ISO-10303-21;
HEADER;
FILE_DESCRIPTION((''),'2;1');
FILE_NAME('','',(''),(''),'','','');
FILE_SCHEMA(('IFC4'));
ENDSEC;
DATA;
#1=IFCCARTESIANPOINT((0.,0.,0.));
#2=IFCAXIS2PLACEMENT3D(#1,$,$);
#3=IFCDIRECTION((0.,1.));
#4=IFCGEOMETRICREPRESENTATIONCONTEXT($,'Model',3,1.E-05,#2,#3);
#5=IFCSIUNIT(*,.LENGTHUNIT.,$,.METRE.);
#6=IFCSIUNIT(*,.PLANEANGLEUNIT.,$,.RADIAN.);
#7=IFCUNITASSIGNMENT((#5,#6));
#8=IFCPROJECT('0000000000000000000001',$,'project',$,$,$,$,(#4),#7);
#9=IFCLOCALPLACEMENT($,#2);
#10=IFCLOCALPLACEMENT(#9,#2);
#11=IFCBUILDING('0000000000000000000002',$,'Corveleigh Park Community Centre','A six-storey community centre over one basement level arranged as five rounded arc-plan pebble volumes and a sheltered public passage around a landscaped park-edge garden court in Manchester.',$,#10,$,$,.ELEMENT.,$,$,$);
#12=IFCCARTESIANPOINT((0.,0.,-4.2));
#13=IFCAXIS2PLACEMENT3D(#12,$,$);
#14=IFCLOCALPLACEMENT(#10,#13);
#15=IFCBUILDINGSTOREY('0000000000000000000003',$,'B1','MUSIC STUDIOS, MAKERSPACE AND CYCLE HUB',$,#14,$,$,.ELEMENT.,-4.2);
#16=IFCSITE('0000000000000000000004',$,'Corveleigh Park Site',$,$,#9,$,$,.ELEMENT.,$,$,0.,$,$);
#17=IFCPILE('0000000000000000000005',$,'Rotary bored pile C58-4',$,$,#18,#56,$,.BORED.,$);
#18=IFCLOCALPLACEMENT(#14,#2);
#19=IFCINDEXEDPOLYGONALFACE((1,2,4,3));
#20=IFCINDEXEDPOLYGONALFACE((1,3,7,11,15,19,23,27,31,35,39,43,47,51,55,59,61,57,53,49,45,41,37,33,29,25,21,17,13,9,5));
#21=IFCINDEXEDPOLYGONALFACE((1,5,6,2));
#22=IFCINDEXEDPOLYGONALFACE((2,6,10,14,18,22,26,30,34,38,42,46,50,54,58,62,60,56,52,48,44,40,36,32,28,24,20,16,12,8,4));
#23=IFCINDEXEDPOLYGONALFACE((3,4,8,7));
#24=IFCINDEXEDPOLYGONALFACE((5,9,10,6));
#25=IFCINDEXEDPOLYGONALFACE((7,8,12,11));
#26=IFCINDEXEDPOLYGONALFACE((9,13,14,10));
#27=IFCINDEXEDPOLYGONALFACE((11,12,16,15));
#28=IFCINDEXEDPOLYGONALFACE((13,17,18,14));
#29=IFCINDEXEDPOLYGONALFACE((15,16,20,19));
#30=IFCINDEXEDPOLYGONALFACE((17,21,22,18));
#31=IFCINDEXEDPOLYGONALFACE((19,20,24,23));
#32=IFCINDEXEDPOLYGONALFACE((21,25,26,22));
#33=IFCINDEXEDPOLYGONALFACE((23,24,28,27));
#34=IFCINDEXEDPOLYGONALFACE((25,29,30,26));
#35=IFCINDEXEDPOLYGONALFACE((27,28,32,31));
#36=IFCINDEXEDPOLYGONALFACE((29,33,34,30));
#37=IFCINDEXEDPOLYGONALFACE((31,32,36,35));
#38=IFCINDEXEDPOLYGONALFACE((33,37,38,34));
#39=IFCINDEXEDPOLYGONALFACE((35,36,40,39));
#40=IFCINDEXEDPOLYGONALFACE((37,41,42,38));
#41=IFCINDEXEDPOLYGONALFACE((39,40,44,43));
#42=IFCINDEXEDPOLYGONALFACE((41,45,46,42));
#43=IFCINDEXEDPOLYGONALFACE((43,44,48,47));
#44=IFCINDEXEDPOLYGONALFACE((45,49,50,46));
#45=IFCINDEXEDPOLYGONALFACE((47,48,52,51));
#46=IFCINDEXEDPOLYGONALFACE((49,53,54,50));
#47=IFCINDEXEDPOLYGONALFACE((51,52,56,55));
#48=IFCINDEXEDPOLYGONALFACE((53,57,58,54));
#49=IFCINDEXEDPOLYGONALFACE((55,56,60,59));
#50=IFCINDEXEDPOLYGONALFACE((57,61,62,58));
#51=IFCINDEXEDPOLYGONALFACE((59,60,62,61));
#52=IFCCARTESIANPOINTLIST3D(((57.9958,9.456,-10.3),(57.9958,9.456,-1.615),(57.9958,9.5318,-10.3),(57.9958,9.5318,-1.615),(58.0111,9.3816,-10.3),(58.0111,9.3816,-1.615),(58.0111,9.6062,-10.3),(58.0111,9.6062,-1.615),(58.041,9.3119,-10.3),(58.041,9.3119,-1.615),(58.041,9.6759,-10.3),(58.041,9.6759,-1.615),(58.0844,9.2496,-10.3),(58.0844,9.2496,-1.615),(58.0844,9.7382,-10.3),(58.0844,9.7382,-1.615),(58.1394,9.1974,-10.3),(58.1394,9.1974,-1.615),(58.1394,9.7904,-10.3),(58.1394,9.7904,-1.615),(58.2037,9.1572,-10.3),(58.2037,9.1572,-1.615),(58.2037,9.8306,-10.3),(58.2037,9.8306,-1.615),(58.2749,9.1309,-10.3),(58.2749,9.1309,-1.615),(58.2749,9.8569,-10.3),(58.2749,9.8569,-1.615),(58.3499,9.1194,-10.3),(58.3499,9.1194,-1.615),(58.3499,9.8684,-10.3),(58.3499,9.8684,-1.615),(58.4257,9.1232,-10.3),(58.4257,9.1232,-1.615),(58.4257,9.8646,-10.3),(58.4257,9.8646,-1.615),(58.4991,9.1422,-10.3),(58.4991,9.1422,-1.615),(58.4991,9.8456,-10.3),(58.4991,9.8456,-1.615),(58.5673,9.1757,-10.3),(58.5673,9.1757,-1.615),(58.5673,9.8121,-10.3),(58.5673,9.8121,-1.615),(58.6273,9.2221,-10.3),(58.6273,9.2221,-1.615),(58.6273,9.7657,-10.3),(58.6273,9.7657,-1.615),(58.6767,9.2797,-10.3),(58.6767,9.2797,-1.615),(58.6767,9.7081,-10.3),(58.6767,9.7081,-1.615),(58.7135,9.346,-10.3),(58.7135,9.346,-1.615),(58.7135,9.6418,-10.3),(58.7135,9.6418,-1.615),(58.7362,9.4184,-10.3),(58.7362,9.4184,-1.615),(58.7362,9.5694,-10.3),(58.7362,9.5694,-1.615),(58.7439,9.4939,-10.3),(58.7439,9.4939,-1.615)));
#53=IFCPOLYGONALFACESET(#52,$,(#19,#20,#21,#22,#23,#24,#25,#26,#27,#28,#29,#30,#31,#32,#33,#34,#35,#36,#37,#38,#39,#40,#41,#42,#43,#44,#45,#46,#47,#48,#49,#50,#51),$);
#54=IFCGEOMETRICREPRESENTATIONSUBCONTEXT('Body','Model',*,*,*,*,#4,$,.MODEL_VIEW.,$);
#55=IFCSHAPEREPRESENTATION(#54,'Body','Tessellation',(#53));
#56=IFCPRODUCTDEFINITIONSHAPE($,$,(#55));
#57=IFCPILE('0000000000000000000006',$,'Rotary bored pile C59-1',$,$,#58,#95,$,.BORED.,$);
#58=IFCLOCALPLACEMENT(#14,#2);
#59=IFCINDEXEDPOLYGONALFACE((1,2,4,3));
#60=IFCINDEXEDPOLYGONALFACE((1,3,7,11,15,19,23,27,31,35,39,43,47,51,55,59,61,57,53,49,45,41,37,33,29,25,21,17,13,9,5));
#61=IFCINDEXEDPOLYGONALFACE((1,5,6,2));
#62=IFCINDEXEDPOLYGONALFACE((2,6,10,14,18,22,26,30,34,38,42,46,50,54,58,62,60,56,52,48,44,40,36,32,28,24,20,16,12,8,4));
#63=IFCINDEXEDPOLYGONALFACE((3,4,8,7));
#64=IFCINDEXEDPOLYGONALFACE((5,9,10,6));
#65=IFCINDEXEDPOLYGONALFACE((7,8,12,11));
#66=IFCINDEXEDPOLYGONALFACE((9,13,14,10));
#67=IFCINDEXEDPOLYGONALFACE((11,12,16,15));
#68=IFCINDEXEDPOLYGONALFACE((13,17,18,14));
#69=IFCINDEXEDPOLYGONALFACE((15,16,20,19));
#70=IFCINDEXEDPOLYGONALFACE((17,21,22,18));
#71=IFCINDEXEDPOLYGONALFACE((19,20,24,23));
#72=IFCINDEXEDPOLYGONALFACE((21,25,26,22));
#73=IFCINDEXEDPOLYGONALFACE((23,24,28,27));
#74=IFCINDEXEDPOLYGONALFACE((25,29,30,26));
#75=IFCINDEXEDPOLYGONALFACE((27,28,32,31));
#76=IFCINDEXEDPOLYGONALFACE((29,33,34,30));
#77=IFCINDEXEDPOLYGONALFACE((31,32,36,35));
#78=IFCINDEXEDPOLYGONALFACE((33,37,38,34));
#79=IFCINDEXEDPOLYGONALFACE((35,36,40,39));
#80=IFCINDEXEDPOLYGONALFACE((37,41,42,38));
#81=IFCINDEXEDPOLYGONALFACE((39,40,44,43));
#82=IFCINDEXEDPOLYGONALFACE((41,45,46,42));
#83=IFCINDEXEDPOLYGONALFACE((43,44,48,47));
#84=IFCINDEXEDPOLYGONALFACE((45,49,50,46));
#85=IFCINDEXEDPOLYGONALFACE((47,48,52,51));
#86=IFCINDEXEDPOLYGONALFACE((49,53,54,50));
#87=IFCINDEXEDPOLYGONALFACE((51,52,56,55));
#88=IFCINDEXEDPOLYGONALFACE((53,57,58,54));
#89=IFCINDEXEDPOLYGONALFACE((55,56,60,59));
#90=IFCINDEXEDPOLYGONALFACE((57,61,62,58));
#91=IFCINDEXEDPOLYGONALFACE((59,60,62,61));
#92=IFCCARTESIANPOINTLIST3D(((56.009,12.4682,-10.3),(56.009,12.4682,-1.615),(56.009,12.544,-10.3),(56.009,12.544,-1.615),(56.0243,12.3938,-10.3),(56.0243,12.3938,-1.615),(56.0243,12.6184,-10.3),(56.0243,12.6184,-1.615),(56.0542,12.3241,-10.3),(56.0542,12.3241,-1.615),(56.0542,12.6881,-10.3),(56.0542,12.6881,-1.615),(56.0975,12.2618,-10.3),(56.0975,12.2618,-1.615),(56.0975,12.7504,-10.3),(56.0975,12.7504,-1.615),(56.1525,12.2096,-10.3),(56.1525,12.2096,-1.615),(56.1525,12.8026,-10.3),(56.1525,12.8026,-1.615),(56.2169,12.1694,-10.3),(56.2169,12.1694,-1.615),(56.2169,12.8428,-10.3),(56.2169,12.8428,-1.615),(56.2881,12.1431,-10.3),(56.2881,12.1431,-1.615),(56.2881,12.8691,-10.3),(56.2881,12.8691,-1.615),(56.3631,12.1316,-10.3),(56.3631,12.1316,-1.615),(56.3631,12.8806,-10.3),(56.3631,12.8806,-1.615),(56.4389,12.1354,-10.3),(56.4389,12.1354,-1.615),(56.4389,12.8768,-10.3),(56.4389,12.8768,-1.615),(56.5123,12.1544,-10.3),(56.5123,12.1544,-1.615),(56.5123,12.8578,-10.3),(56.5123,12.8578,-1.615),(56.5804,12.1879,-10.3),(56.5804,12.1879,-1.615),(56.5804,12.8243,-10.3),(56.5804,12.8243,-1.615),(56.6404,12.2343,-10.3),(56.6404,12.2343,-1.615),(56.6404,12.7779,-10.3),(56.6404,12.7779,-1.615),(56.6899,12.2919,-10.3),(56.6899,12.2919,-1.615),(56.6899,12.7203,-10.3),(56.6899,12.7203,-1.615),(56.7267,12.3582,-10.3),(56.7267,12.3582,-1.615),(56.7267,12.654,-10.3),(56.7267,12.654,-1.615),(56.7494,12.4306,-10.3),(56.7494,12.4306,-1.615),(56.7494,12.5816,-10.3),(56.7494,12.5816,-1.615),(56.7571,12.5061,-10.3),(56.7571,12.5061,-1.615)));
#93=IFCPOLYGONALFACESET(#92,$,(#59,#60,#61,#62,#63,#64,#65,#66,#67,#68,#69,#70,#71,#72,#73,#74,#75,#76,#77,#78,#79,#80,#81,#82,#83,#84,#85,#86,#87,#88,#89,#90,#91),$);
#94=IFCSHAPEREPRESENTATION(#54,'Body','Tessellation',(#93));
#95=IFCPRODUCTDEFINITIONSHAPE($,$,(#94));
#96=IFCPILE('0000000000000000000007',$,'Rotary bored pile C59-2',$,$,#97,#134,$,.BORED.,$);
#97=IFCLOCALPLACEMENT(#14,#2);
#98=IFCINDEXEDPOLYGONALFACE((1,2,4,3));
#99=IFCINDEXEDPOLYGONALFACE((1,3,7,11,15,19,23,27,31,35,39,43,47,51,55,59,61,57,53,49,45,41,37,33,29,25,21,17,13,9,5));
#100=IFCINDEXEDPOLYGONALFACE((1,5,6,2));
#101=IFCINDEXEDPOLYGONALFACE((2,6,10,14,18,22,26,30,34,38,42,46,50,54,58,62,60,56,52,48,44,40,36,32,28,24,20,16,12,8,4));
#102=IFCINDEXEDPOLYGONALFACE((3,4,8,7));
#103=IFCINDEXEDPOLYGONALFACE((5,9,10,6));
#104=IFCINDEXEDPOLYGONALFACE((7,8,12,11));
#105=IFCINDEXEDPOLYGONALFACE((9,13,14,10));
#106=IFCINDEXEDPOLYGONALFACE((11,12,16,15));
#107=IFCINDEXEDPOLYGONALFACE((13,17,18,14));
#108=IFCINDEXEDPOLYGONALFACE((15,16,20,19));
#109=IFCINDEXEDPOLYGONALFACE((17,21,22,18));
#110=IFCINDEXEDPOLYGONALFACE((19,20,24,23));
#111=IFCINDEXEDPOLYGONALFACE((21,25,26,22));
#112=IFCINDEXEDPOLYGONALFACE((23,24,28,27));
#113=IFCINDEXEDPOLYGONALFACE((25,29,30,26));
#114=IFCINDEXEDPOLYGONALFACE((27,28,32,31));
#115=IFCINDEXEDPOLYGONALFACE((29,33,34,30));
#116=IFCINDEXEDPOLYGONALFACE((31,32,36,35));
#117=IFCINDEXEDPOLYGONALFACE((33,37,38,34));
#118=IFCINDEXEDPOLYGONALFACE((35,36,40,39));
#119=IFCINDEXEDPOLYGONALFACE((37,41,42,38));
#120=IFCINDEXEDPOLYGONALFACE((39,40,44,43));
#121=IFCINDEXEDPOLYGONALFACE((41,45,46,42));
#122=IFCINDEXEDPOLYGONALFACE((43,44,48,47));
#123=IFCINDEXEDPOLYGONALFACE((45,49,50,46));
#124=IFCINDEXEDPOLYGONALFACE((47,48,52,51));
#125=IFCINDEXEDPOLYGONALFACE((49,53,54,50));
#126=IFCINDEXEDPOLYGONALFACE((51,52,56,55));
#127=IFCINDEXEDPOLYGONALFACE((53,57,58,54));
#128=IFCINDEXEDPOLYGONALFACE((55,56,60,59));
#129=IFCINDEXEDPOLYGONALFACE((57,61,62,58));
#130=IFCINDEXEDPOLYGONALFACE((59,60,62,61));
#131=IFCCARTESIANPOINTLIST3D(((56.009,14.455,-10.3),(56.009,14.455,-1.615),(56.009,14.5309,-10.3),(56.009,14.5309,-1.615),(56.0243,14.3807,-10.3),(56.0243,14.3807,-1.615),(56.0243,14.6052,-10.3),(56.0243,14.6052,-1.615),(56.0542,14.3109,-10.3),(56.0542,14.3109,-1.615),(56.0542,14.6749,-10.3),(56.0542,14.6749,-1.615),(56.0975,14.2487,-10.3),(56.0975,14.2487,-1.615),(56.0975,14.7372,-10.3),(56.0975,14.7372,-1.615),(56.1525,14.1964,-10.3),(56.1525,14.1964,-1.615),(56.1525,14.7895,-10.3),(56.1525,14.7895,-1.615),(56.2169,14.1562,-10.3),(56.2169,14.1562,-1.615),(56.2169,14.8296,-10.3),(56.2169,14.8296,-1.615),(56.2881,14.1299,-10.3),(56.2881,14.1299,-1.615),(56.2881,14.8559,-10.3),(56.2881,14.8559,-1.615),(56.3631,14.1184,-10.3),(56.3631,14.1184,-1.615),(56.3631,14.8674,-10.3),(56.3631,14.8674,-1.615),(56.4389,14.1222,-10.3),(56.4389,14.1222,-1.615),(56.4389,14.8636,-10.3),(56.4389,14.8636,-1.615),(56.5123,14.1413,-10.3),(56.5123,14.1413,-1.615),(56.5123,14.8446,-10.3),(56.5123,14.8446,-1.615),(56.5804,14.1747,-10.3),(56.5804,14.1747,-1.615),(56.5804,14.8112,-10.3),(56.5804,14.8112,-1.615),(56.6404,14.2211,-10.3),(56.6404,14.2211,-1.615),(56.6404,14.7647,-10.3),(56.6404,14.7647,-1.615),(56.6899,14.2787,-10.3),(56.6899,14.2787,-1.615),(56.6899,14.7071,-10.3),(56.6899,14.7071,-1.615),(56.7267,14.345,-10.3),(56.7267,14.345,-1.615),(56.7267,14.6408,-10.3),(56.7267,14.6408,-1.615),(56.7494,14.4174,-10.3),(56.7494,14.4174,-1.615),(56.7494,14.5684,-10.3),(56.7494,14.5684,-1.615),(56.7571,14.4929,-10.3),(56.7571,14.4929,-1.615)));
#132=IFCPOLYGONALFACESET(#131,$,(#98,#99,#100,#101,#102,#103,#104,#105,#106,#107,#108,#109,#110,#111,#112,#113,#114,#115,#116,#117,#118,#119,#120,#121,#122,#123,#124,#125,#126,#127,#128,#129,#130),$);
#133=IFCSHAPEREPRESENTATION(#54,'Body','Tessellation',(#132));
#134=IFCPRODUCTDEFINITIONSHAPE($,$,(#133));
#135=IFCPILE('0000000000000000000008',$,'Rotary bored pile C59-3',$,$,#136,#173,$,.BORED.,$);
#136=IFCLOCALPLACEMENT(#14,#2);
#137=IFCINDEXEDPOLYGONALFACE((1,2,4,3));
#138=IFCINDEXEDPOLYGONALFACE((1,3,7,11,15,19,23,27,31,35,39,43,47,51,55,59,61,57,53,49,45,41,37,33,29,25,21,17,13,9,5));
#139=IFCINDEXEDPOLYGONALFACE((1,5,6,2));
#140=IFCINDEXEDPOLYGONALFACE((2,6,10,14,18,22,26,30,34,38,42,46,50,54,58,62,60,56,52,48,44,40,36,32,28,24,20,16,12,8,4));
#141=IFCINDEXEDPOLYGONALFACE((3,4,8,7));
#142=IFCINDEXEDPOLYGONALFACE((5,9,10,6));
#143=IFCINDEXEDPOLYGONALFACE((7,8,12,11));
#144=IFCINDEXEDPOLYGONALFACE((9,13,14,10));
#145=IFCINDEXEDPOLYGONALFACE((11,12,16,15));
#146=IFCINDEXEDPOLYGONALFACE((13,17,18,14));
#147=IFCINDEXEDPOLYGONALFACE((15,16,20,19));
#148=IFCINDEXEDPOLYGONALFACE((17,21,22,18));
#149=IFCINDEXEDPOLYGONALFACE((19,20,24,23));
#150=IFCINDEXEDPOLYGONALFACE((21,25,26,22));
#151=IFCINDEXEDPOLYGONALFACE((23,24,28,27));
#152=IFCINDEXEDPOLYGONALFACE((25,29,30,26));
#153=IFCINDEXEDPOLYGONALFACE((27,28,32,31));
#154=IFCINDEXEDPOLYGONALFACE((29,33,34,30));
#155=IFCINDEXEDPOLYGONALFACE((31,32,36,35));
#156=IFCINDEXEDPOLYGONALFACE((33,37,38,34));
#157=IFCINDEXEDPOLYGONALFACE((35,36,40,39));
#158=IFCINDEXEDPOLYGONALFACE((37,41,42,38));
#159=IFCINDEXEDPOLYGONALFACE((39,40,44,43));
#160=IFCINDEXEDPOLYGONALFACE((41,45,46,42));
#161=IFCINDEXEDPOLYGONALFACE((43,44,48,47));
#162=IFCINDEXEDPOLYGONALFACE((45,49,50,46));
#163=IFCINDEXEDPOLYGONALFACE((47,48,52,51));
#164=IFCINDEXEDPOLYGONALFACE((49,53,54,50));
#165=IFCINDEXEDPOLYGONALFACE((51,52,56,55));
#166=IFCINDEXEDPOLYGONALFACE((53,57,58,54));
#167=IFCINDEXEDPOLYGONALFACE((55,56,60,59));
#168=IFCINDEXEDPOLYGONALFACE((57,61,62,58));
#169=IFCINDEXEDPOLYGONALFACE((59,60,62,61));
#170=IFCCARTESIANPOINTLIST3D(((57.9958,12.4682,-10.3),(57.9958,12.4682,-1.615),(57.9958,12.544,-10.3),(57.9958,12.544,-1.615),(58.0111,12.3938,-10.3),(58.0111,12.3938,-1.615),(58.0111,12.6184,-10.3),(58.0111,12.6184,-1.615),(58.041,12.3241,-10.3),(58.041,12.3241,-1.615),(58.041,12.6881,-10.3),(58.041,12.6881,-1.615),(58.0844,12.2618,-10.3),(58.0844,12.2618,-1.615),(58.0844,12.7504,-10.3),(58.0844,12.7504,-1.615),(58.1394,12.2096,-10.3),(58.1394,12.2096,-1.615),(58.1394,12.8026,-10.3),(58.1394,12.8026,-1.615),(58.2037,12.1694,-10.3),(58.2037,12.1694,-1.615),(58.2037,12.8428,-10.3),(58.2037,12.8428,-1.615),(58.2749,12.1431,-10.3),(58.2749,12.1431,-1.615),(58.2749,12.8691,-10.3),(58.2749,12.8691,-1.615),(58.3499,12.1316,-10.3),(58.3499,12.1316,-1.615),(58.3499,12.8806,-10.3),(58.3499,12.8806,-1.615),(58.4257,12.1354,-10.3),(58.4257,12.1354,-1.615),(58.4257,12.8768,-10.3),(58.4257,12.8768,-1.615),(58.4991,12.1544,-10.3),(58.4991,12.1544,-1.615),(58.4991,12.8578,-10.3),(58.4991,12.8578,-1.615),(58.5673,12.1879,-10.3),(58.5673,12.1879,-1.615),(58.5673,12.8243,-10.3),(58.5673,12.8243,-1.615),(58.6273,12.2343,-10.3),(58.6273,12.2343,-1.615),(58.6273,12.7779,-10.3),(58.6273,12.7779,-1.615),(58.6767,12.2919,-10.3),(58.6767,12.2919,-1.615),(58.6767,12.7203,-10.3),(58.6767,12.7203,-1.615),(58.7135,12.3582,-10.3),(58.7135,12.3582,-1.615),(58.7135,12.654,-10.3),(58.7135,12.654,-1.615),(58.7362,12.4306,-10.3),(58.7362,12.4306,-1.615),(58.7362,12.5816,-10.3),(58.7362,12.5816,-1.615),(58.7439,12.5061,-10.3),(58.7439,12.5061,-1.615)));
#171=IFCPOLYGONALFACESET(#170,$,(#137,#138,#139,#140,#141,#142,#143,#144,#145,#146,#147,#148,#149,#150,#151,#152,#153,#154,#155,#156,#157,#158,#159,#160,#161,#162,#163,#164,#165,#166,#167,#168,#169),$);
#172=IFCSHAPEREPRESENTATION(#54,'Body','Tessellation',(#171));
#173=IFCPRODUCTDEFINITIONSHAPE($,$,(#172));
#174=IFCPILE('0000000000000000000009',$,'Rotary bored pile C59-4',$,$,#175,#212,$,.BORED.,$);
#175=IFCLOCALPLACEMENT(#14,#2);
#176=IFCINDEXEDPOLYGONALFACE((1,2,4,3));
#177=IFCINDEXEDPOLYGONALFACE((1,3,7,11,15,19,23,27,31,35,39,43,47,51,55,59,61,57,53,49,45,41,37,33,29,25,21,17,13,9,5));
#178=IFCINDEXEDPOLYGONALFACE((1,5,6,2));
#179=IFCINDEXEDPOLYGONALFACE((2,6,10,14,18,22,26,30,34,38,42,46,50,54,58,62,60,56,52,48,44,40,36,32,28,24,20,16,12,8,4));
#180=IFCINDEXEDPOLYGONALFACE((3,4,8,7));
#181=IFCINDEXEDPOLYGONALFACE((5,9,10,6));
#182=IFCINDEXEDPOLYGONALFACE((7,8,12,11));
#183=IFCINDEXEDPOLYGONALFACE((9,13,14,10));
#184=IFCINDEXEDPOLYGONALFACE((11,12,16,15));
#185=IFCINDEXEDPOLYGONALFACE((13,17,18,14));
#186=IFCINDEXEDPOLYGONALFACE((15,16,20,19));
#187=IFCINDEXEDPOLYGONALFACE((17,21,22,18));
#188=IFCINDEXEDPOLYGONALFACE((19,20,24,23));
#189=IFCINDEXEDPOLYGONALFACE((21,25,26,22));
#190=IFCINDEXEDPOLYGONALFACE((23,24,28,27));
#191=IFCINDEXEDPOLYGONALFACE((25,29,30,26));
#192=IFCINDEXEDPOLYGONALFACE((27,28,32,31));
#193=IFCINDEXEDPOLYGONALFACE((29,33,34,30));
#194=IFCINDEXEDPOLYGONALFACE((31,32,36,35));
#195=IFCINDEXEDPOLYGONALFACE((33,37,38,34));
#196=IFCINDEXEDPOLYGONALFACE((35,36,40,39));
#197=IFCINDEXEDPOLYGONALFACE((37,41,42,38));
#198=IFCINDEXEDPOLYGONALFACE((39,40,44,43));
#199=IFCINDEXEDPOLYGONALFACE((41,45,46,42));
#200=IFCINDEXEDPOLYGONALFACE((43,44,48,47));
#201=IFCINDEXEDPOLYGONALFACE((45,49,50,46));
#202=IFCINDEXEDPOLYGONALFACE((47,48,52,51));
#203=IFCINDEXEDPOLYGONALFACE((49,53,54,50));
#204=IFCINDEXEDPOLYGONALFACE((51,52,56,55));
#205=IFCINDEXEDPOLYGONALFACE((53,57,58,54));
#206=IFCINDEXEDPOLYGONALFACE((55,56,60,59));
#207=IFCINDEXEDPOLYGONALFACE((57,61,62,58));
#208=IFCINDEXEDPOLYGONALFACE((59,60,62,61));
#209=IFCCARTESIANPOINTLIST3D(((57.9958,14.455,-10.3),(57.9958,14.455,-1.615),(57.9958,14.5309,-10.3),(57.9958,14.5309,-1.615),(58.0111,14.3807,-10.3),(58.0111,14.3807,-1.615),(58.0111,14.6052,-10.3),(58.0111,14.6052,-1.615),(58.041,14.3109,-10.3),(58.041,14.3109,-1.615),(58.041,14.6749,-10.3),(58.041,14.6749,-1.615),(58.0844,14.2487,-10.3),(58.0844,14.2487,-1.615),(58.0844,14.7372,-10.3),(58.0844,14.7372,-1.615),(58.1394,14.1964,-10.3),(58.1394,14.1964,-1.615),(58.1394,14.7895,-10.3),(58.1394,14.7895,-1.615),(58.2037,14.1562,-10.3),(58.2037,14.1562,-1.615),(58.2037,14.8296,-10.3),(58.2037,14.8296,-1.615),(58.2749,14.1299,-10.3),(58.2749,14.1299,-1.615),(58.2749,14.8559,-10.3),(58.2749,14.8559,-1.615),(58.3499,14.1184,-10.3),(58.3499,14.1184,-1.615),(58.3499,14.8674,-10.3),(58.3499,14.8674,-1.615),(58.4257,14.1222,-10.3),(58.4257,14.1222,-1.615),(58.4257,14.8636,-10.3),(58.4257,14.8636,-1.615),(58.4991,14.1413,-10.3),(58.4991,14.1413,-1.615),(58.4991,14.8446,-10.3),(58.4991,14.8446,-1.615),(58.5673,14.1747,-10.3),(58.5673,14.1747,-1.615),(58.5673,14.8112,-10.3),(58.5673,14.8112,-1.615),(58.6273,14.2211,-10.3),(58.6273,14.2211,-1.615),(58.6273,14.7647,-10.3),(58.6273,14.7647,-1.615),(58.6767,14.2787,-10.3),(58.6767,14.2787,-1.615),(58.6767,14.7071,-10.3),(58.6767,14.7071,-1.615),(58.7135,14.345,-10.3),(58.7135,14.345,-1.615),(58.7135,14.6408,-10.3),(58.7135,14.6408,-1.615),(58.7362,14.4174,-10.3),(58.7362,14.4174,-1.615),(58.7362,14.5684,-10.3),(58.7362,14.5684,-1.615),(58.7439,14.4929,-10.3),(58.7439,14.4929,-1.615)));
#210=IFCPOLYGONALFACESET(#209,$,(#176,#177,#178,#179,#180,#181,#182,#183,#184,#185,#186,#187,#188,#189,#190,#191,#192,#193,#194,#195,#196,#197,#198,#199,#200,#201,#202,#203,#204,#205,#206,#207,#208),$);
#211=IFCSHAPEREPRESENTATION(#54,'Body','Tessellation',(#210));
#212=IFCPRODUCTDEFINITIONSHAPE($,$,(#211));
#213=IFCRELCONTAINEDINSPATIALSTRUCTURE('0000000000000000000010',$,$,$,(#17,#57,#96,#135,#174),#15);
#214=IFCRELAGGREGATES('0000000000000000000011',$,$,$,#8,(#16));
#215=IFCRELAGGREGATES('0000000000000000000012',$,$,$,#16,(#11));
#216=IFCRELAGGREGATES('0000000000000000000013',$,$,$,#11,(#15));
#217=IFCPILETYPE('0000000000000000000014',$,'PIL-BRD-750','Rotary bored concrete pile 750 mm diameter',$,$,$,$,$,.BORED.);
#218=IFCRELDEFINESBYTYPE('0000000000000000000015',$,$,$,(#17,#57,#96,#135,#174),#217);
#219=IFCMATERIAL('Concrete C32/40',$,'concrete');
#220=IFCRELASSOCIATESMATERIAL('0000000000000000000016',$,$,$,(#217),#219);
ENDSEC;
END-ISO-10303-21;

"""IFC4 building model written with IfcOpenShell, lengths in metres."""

from ifc_helpers import new_model, si_unit, direction, frame, origin, origin_2d, place, context, subcontext, project, spatial, circle, extrude, material, material_profile, profile_set, type_object, element, save


model = new_model("IFC4")

# Units and contexts
model_context = context("Model", 3, precision=1e-05, world=origin(), true_north=direction((0.0, 1.0)))
body_context = subcontext(model_context, "Body", "Model", "MODEL_VIEW")
ifc_project = project(units=[si_unit("LENGTHUNIT", "METRE"), si_unit("PLANEANGLEUNIT", "RADIAN")], contexts=[model_context])

# Site, building, storey
site_placement = place(None, origin())
site = spatial("IfcSite", under=ifc_project, at=site_placement, Name="Corveleigh Park Site", CompositionType="ELEMENT", RefElevation=0.0)
building_placement = place(site_placement, origin())
building = spatial("IfcBuilding", under=site, at=building_placement, Name="Corveleigh Park Community Centre", Description="A six-storey community centre over one basement level arranged as five rounded arc-plan pebble volumes and a sheltered public passage around a landscaped park-edge garden court in Manchester.", CompositionType="ELEMENT")
storey_placement = place(building_placement, frame((0.0, 0.0, -4.2)))
storey = spatial("IfcBuildingStorey", under=building, at=storey_placement, Name="B1", Description="MUSIC STUDIOS, MAKERSPACE AND CYCLE HUB", CompositionType="ELEMENT", Elevation=-4.2)

# Piles
ifc_material_1 = material(Name="Concrete C32/40", Category="concrete")
ifc_material_profile_1 = material_profile(ifc_material_1, circle(Radius=0.375, at=origin_2d()), Name="BORED-PILE-750", Category="concrete")
ifc_profile_set_1 = profile_set([ifc_material_profile_1], Name="Concrete C32/40")
pile_type = type_object("IfcPileType", Name="PIL-BRD-750", Description="Rotary bored concrete pile 750 mm diameter", PredefinedType="BORED", material=ifc_profile_set_1)
for number, where, z_axis, x_axis, name in (
    (1, (58.3689, 9.4939, -1.615), (0.0, 0.0, -1.0), (1.0, 0.0, 0.0), "Rotary bored pile C58-4"),
    (2, (56.3821, 12.5061, -1.615), (0.0, 0.0, -1.0), (1.0, 0.0, 0.0), "Rotary bored pile C59-1"),
    (3, (56.3821, 14.4929, -1.615), (0.0, 0.0, -1.0), (1.0, 0.0, 0.0), "Rotary bored pile C59-2"),
    (4, (58.3689, 12.5061, -1.615), (0.0, 0.0, -1.0), (1.0, 0.0, 0.0), "Rotary bored pile C59-3"),
    (5, (58.3689, 14.4929, -1.615), (0.0, 0.0, -1.0), (1.0, 0.0, 0.0), "Rotary bored pile C59-4"),
):
    element("IfcPile", number, at=place(storey_placement, frame(where, z_axis=z_axis, x_axis=x_axis)), inside=storey, type_object=pile_type, Name=name, PredefinedType="BORED", context=body_context, shape_type="SweptSolid", body=[
        extrude(circle(Radius=0.375, at=origin_2d()), origin(), (0.0, 0.0, 1.0), 8.6851),
    ])

save(model, "model.ifc")
